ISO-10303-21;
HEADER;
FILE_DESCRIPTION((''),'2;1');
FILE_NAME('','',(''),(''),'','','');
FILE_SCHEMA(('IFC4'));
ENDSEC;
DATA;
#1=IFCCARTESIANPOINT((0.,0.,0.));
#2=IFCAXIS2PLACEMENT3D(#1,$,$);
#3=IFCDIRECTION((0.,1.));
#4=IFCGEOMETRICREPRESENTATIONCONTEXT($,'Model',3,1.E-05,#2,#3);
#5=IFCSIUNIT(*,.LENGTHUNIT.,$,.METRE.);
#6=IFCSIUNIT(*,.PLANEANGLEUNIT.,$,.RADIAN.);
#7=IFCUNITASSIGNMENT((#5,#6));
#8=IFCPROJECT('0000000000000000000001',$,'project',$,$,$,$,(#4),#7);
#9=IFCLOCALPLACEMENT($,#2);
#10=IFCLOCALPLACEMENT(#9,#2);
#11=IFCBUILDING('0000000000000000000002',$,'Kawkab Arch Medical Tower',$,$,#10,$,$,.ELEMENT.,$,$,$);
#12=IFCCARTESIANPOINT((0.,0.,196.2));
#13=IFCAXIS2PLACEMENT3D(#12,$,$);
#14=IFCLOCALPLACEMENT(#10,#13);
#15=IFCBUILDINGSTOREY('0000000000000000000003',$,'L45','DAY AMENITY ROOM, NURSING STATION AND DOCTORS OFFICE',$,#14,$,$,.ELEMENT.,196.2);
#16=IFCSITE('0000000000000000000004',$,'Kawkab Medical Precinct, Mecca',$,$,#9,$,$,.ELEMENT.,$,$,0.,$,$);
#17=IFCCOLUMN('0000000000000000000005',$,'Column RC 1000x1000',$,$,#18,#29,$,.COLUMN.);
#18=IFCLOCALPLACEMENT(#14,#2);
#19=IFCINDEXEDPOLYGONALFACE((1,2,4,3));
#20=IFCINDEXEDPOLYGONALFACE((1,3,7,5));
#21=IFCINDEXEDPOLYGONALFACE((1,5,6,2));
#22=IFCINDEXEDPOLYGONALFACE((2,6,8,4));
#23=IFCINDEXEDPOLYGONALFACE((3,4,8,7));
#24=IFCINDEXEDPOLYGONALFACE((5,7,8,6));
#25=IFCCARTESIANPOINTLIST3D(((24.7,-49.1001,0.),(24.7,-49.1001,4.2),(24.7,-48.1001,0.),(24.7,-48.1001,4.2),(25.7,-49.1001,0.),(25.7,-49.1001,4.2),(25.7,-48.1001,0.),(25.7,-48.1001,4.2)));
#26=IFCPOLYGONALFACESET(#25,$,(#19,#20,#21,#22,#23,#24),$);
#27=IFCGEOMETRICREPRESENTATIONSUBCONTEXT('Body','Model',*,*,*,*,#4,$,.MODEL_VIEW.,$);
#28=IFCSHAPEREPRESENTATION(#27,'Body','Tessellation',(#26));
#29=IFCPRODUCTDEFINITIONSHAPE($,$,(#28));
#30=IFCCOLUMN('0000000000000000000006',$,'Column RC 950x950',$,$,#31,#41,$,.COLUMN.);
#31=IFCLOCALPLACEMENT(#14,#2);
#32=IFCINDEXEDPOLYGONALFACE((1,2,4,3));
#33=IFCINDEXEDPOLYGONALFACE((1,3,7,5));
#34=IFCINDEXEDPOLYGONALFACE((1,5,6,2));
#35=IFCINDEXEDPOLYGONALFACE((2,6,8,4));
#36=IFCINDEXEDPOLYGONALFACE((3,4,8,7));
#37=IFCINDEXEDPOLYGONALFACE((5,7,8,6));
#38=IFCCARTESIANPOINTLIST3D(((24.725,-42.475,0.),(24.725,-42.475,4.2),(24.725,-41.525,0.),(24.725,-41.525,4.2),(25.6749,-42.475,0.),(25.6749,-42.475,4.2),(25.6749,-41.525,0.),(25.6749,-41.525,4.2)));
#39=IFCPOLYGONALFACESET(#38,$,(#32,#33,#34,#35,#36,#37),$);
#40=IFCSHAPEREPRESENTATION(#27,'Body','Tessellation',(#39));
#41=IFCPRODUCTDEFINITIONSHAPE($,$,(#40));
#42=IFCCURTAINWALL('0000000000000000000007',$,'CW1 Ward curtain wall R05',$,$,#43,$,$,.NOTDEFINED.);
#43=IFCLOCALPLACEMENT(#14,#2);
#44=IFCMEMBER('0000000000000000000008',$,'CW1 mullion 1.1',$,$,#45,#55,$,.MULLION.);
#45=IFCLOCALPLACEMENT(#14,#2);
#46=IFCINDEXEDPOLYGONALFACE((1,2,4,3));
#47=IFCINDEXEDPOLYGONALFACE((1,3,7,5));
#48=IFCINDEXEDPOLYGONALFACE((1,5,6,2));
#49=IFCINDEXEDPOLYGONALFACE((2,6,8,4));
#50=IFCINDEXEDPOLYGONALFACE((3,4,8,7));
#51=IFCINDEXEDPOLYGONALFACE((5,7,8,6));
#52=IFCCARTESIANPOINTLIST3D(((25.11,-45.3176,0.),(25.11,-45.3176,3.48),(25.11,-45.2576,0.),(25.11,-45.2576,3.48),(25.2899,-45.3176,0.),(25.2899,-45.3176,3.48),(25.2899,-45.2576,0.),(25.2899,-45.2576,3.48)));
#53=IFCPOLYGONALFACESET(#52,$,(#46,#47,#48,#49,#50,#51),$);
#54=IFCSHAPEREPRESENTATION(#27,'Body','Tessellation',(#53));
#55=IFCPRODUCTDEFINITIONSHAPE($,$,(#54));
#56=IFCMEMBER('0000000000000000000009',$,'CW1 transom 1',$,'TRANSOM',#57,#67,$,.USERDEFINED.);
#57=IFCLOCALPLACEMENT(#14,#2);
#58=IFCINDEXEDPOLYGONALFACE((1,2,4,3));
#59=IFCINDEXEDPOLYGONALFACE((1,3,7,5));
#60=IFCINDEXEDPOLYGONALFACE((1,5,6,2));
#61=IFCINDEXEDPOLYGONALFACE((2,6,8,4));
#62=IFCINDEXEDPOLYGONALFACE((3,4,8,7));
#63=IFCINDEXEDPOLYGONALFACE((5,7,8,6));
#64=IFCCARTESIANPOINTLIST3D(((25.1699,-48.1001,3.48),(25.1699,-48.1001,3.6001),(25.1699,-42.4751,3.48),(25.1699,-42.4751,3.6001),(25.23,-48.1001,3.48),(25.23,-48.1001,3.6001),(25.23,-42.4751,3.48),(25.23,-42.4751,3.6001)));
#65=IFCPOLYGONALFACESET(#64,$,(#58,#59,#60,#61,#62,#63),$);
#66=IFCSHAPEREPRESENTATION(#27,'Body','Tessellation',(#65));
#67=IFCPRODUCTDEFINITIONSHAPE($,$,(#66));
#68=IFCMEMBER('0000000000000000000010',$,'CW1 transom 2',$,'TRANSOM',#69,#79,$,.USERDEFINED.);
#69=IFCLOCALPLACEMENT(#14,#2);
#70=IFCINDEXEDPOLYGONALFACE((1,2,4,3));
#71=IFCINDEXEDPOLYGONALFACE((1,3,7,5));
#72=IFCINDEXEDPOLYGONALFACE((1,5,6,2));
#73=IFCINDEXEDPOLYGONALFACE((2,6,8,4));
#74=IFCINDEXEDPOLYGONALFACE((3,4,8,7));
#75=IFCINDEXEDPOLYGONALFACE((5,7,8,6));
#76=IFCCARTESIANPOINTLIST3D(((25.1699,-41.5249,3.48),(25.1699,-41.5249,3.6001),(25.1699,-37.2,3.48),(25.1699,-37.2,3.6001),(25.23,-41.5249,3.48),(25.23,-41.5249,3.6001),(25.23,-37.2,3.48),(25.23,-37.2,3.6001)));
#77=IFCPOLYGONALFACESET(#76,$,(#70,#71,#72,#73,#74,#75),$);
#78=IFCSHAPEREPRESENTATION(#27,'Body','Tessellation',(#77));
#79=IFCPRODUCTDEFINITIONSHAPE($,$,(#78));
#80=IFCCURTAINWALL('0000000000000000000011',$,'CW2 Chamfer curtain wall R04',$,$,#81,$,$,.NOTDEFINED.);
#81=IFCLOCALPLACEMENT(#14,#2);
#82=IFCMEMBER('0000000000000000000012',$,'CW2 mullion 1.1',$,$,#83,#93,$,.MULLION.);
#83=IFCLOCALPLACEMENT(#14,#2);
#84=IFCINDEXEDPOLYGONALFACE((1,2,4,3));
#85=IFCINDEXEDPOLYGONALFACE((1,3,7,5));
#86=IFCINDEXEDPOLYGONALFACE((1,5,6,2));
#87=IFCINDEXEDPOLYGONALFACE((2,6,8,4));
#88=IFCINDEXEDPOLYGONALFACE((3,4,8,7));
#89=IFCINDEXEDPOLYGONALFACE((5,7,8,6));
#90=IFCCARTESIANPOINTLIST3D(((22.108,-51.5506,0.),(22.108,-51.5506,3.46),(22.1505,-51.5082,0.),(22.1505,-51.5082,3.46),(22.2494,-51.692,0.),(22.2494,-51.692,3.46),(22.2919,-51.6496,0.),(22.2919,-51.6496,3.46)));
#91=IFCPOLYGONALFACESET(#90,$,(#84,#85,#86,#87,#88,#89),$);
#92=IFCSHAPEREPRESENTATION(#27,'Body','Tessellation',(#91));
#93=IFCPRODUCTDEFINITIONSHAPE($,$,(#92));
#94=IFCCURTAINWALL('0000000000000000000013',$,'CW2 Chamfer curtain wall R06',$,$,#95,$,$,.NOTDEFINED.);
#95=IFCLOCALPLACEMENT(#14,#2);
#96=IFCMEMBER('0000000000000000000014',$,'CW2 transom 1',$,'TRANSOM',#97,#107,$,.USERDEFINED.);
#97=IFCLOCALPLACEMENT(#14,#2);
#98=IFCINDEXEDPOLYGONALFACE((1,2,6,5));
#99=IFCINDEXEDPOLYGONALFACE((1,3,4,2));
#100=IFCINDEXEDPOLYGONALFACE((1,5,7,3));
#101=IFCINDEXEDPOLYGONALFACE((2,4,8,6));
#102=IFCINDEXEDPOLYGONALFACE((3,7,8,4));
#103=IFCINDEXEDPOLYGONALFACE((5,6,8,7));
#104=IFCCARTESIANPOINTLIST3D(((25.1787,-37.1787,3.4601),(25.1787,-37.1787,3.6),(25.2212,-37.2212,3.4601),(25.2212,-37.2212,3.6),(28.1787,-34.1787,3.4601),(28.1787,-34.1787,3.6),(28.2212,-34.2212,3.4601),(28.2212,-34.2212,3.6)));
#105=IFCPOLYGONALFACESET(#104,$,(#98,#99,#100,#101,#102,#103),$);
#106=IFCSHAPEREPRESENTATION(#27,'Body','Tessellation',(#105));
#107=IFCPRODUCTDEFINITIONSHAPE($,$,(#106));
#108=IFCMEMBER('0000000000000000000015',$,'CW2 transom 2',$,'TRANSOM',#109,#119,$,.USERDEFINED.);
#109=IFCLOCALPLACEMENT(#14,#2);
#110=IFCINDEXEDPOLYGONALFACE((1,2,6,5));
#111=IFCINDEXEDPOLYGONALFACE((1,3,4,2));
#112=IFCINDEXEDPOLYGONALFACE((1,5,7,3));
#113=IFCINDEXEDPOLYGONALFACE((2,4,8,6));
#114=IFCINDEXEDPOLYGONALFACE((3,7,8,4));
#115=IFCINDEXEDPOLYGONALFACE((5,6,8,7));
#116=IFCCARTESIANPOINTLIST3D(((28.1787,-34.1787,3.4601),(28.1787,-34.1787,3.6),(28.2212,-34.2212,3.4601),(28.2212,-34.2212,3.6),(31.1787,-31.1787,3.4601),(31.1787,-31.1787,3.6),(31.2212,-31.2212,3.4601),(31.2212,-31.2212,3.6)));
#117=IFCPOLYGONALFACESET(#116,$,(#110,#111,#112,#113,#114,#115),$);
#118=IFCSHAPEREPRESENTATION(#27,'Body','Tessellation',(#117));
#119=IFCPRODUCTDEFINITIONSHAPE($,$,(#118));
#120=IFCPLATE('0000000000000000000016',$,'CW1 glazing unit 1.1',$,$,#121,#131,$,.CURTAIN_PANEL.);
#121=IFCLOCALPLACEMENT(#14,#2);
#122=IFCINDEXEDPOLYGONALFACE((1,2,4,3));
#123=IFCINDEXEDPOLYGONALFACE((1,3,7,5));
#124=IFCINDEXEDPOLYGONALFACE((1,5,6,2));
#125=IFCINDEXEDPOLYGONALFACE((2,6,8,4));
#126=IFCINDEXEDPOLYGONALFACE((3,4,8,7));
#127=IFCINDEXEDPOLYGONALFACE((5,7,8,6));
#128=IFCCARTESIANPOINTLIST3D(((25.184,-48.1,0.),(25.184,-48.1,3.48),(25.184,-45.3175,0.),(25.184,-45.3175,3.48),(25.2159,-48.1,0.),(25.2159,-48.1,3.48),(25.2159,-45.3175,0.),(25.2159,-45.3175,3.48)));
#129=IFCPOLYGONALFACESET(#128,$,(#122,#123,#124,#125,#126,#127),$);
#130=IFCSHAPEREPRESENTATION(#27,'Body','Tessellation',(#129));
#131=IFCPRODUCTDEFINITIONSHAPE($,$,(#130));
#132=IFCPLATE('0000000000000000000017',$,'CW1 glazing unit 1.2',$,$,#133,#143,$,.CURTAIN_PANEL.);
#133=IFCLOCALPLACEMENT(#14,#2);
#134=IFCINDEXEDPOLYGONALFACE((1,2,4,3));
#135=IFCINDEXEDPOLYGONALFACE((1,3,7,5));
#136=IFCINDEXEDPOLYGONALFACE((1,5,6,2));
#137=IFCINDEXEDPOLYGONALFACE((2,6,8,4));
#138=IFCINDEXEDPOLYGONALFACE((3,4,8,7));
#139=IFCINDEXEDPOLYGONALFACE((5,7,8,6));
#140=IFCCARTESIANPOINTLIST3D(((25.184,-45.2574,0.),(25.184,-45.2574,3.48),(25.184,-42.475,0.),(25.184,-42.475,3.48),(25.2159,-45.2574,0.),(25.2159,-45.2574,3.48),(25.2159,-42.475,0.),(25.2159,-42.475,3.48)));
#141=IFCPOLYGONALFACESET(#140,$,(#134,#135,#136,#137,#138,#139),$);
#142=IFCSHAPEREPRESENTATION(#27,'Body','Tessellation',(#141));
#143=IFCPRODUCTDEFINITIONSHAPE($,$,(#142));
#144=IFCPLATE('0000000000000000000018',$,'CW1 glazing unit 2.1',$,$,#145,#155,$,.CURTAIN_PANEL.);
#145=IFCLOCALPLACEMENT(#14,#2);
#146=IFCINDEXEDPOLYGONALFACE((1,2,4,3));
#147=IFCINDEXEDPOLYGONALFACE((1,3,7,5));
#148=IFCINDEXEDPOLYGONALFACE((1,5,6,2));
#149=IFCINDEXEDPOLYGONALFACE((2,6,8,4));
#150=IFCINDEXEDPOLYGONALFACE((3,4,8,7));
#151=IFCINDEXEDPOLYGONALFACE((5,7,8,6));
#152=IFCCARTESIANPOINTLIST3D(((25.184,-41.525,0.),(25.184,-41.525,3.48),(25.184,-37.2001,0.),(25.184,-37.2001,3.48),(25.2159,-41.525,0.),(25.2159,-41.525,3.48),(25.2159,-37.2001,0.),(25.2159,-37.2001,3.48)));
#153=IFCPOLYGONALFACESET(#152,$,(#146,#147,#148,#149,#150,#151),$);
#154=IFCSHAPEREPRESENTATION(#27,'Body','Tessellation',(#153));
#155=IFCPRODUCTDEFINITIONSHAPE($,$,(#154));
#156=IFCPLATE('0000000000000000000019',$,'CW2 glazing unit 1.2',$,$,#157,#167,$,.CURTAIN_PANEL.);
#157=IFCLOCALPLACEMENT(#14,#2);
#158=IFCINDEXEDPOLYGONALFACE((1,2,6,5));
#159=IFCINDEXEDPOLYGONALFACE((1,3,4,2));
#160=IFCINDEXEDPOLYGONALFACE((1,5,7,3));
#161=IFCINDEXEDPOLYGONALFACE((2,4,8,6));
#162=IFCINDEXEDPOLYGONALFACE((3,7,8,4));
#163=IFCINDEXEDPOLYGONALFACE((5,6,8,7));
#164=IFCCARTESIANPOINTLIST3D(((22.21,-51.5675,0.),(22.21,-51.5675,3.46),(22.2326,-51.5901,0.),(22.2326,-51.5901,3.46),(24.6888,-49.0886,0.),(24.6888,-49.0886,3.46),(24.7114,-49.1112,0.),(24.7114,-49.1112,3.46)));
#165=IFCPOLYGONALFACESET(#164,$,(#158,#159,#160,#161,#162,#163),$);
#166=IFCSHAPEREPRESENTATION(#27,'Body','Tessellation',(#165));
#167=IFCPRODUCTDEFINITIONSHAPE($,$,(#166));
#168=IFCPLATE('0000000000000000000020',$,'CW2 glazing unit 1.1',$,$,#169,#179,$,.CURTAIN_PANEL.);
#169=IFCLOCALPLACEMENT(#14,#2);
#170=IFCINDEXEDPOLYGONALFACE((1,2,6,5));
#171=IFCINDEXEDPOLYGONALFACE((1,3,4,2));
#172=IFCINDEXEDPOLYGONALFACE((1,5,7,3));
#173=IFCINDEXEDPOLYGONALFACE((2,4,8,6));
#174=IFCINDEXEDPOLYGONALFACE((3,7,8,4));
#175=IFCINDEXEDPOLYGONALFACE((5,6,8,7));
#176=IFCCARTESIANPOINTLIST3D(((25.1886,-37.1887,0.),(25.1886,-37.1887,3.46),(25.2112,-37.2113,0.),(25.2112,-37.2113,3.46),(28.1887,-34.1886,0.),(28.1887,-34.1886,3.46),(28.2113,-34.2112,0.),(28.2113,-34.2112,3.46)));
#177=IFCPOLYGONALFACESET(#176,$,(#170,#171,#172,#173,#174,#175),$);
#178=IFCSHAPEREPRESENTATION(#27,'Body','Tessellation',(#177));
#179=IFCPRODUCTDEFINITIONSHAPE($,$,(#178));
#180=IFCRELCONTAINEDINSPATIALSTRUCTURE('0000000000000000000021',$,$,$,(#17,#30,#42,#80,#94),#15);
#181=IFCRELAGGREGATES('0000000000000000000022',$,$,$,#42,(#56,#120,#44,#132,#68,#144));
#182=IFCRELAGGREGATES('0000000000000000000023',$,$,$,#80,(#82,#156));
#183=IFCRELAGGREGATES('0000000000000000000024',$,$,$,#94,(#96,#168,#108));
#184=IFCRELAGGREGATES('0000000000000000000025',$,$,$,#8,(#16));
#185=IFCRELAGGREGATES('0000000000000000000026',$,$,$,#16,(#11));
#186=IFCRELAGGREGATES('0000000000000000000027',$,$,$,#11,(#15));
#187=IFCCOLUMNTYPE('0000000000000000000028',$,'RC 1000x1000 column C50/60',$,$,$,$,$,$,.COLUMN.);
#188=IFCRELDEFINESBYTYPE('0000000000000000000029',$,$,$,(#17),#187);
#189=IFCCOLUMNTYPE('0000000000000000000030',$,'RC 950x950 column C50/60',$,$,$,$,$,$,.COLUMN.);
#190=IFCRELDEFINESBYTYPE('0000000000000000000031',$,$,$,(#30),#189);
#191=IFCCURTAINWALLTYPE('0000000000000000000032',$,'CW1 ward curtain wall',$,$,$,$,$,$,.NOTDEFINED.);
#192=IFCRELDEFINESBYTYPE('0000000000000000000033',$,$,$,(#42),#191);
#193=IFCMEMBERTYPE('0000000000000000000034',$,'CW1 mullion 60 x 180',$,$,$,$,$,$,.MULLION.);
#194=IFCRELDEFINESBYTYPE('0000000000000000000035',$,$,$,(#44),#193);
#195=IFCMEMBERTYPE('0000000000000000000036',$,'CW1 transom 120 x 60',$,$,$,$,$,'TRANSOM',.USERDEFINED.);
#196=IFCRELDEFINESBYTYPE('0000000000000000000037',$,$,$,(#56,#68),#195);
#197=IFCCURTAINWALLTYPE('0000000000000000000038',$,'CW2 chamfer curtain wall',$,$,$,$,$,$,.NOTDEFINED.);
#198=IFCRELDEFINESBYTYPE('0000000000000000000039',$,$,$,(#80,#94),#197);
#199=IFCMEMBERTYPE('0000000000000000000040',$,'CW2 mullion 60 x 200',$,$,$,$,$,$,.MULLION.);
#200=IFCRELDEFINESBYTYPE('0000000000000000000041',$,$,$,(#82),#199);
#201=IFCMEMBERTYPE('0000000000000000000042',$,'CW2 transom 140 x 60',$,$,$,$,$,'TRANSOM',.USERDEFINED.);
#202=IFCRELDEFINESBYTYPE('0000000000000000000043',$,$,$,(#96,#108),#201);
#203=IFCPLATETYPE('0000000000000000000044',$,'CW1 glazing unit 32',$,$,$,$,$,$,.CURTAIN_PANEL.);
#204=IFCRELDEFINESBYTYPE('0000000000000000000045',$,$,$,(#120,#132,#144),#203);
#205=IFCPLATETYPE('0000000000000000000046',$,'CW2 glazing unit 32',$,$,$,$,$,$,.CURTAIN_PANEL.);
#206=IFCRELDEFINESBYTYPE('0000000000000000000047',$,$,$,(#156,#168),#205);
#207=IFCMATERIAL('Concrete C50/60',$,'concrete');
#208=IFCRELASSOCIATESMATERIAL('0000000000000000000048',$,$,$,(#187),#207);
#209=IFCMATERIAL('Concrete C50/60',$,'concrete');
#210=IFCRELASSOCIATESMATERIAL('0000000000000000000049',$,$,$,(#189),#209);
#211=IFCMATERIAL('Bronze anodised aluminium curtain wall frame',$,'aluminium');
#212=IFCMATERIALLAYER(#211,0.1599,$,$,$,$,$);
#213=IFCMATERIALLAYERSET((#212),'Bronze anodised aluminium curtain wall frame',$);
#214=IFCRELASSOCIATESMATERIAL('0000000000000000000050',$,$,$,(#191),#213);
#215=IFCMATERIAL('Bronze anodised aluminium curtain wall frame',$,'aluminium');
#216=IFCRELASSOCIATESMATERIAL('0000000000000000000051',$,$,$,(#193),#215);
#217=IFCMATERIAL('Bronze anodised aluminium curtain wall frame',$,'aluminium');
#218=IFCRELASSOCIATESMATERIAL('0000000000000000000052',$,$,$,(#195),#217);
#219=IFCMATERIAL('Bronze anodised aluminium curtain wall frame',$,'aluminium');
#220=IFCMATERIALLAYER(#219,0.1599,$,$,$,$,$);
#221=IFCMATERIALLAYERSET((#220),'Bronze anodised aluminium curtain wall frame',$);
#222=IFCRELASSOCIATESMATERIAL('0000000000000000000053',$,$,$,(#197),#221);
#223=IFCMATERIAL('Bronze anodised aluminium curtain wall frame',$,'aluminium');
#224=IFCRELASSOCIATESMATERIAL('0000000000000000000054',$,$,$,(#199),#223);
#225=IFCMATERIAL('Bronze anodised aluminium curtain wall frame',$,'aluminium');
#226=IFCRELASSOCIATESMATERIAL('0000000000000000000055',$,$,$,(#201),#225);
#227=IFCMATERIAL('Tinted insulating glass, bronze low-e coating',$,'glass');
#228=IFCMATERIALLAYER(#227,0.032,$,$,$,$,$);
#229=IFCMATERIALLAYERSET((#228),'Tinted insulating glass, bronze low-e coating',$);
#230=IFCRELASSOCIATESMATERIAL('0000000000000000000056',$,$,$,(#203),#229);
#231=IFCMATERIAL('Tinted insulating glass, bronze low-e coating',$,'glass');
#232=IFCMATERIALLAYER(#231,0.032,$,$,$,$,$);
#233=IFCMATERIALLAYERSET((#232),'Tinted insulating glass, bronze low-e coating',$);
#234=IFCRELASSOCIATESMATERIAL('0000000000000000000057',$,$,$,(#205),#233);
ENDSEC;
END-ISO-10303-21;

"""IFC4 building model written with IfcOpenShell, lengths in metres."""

from ifc_helpers import new_model, si_unit, direction, frame, origin, origin_2d, place, context, subcontext, project, spatial, rectangle, extrude, material, layer, layer_set, material_profile, profile_set, type_object, element, aggregate, save


model = new_model("IFC4")

# Units and contexts
model_context = context("Model", 3, precision=1e-05, world=origin(), true_north=direction((0.0, 1.0)))
body_context = subcontext(model_context, "Body", "Model", "MODEL_VIEW")
ifc_project = project(units=[si_unit("LENGTHUNIT", "METRE"), si_unit("PLANEANGLEUNIT", "RADIAN")], contexts=[model_context])

# Site, building, storey
site_placement = place(None, origin())
site = spatial("IfcSite", under=ifc_project, at=site_placement, Name="Kawkab Medical Precinct, Mecca", CompositionType="ELEMENT", RefElevation=0.0)
building_placement = place(site_placement, origin())
building = spatial("IfcBuilding", under=site, at=building_placement, Name="Kawkab Arch Medical Tower", CompositionType="ELEMENT")
storey_placement = place(building_placement, frame((0.0, 0.0, 196.2)))
storey = spatial("IfcBuildingStorey", under=building, at=storey_placement, Name="L45", Description="DAY AMENITY ROOM, NURSING STATION AND DOCTORS OFFICE", CompositionType="ELEMENT", Elevation=196.2)

# Columns
ifc_material_1 = material(Name="Concrete C50/60", Category="concrete")
ifc_material_profile_1 = material_profile(ifc_material_1, rectangle(XDim=1.0, YDim=1.0, at=origin_2d()), Name="RC 1000x1000")
ifc_profile_set_1 = profile_set([ifc_material_profile_1], Name="Concrete C50/60")
column_type_1 = type_object("IfcColumnType", Name="RC 1000x1000 column C50/60", PredefinedType="COLUMN", material=ifc_profile_set_1)
column_1_placement = place(storey_placement, frame((25.2, -48.6001, 0.0), z_axis=(0.0, 0.0, 1.0), x_axis=(1.0, 0.0, 0.0)))
element("IfcColumn", 1, at=column_1_placement, inside=storey, type_object=column_type_1, Name="Column RC 1000x1000", PredefinedType="COLUMN", context=body_context, shape_type="SweptSolid", body=[
    extrude(rectangle(XDim=1.0, YDim=1.0, at=origin_2d()), origin(), (0.0, 0.0, 1.0), 4.2),
])
ifc_material_2 = material(Name="Concrete C50/60", Category="concrete")
ifc_material_profile_2 = material_profile(ifc_material_2, rectangle(XDim=0.95, YDim=0.95, at=origin_2d()), Name="RC 950x950")
ifc_profile_set_2 = profile_set([ifc_material_profile_2], Name="Concrete C50/60")
column_type_2 = type_object("IfcColumnType", Name="RC 950x950 column C50/60", PredefinedType="COLUMN", material=ifc_profile_set_2)
column_2_placement = place(storey_placement, frame((25.2, -42.0, 0.0), z_axis=(0.0, 0.0, 1.0), x_axis=(1.0, 0.0, 0.0)))
element("IfcColumn", 2, at=column_2_placement, inside=storey, type_object=column_type_2, Name="Column RC 950x950", PredefinedType="COLUMN", context=body_context, shape_type="SweptSolid", body=[
    extrude(rectangle(XDim=0.95, YDim=0.95, at=origin_2d()), origin(), (0.0, 0.0, 1.0), 4.2),
])

# Curtain wall, members
ifc_material_3 = material(Name="Bronze anodised aluminium curtain wall frame", Category="aluminium")
ifc_layer_1 = layer(ifc_material_3, 0.1599)
ifc_layer_set_1 = layer_set([ifc_layer_1], Name="Bronze anodised aluminium curtain wall frame")
curtain_wall_type_1 = type_object("IfcCurtainWallType", Name="CW1 ward curtain wall", PredefinedType="NOTDEFINED", material=ifc_layer_set_1)
placement = place(storey_placement, origin())
curtain_wall_1 = element("IfcCurtainWall", 3, at=placement, inside=storey, type_object=curtain_wall_type_1, Name="CW1 Ward curtain wall R05", PredefinedType="NOTDEFINED")
ifc_material_4 = material(Name="Bronze anodised aluminium curtain wall frame", Category="aluminium")
ifc_material_profile_3 = material_profile(ifc_material_4, rectangle(XDim=0.1799, YDim=0.0601, at=origin_2d()), Name="AL 60x180")
ifc_profile_set_3 = profile_set([ifc_material_profile_3], Name="Bronze anodised aluminium curtain wall frame")
member_type_1 = type_object("IfcMemberType", Name="CW1 mullion 60 x 180", PredefinedType="MULLION", material=ifc_profile_set_3)
member_1_placement = place(storey_placement, frame((25.2, -45.2876, 0.0), z_axis=(0.0, 0.0, 1.0), x_axis=(-1.0, 0.0, 0.0)))
member_1 = element("IfcMember", 4, at=member_1_placement, type_object=member_type_1, Name="CW1 mullion 1.1", PredefinedType="MULLION", context=body_context, shape_type="SweptSolid", body=[
    extrude(rectangle(XDim=0.1799, YDim=0.0601, at=origin_2d()), origin(), (0.0, 0.0, 1.0), 3.48),
])
ifc_material_5 = material(Name="Bronze anodised aluminium curtain wall frame", Category="aluminium")
ifc_material_profile_4 = material_profile(ifc_material_5, rectangle(XDim=0.0601, YDim=0.1201, at=origin_2d()), Name="AL 60x120")
ifc_profile_set_4 = profile_set([ifc_material_profile_4], Name="Bronze anodised aluminium curtain wall frame")
member_type_2 = type_object("IfcMemberType", Name="CW1 transom 120 x 60", ElementType="TRANSOM", PredefinedType="USERDEFINED", material=ifc_profile_set_4)
member_2_placement = place(storey_placement, frame((25.2, -48.1001, 3.54), z_axis=(0.0, 1.0, 0.0), x_axis=(-1.0, 0.0, 0.0)))
member_2 = element("IfcMember", 5, at=member_2_placement, type_object=member_type_2, Name="CW1 transom 1", ObjectType="TRANSOM", PredefinedType="USERDEFINED", context=body_context, shape_type="SweptSolid", body=[
    extrude(rectangle(XDim=0.0601, YDim=0.1201, at=origin_2d()), origin(), (0.0, 0.0, 1.0), 5.625),
])
member_3_placement = place(storey_placement, frame((25.2, -41.5249, 3.54), z_axis=(0.0, 1.0, 0.0), x_axis=(-1.0, 0.0, 0.0)))
member_3 = element("IfcMember", 6, at=member_3_placement, type_object=member_type_2, Name="CW1 transom 2", ObjectType="TRANSOM", PredefinedType="USERDEFINED", context=body_context, shape_type="SweptSolid", body=[
    extrude(rectangle(XDim=0.0601, YDim=0.1201, at=origin_2d()), origin(), (0.0, 0.0, 1.0), 4.325),
])

# Curtain wall, member
ifc_material_6 = material(Name="Bronze anodised aluminium curtain wall frame", Category="aluminium")
ifc_layer_2 = layer(ifc_material_6, 0.1599)
ifc_layer_set_2 = layer_set([ifc_layer_2], Name="Bronze anodised aluminium curtain wall frame")
curtain_wall_type_2 = type_object("IfcCurtainWallType", Name="CW2 chamfer curtain wall", PredefinedType="NOTDEFINED", material=ifc_layer_set_2)
curtain_wall_2 = element("IfcCurtainWall", 7, at=placement, inside=storey, type_object=curtain_wall_type_2, Name="CW2 Chamfer curtain wall R04", PredefinedType="NOTDEFINED")
ifc_material_7 = material(Name="Bronze anodised aluminium curtain wall frame", Category="aluminium")
ifc_material_profile_5 = material_profile(ifc_material_7, rectangle(XDim=0.2, YDim=0.0601, at=origin_2d()), Name="AL 60x200")
ifc_profile_set_5 = profile_set([ifc_material_profile_5], Name="Bronze anodised aluminium curtain wall frame")
member_type_3 = type_object("IfcMemberType", Name="CW2 mullion 60 x 200", PredefinedType="MULLION", material=ifc_profile_set_5)
member_4_placement = place(storey_placement, frame((22.2, -51.6001, 0.0), z_axis=(0.0, 0.0, 1.0), x_axis=(-0.707107, 0.707107, 0.0)))
member_4 = element("IfcMember", 8, at=member_4_placement, type_object=member_type_3, Name="CW2 mullion 1.1", PredefinedType="MULLION", context=body_context, shape_type="SweptSolid", body=[
    extrude(rectangle(XDim=0.2, YDim=0.0601, at=origin_2d()), origin(), (0.0, 0.0, 1.0), 3.46),
])

# Curtain wall, members
curtain_wall_3 = element("IfcCurtainWall", 9, at=placement, inside=storey, type_object=curtain_wall_type_2, Name="CW2 Chamfer curtain wall R06", PredefinedType="NOTDEFINED")
ifc_material_8 = material(Name="Bronze anodised aluminium curtain wall frame", Category="aluminium")
ifc_material_profile_6 = material_profile(ifc_material_8, rectangle(XDim=0.0601, YDim=0.1399, at=origin_2d()), Name="AL 60x140")
ifc_profile_set_6 = profile_set([ifc_material_profile_6], Name="Bronze anodised aluminium curtain wall frame")
member_type_4 = type_object("IfcMemberType", Name="CW2 transom 140 x 60", ElementType="TRANSOM", PredefinedType="USERDEFINED", material=ifc_profile_set_6)
member_5_placement = place(storey_placement, frame((25.2, -37.2, 3.53), z_axis=(0.707107, 0.707107, 0.0), x_axis=(-0.707107, 0.707107, 0.0)))
member_5 = element("IfcMember", 10, at=member_5_placement, type_object=member_type_4, Name="CW2 transom 1", ObjectType="TRANSOM", PredefinedType="USERDEFINED", context=body_context, shape_type="SweptSolid", body=[
    extrude(rectangle(XDim=0.0601, YDim=0.1399, at=origin_2d()), origin(), (0.0, 0.0, 1.0), 4.2427),
])
member_6_placement = place(storey_placement, frame((28.2, -34.2, 3.53), z_axis=(0.707107, 0.707107, 0.0), x_axis=(-0.707107, 0.707107, 0.0)))
member_6 = element("IfcMember", 11, at=member_6_placement, type_object=member_type_4, Name="CW2 transom 2", ObjectType="TRANSOM", PredefinedType="USERDEFINED", context=body_context, shape_type="SweptSolid", body=[
    extrude(rectangle(XDim=0.0601, YDim=0.1399, at=origin_2d()), origin(), (0.0, 0.0, 1.0), 4.2427),
])

# Plates
ifc_material_9 = material(Name="Tinted insulating glass, bronze low-e coating", Category="glass")
ifc_layer_3 = layer(ifc_material_9, 0.032)
ifc_layer_set_3 = layer_set([ifc_layer_3], Name="Tinted insulating glass, bronze low-e coating")
plate_type_1 = type_object("IfcPlateType", Name="CW1 glazing unit 32", PredefinedType="CURTAIN_PANEL", material=ifc_layer_set_3)
plate_1_placement = place(storey_placement, frame((25.2, -46.7087, 0.0), z_axis=(0.0, 0.0, 1.0), x_axis=(0.0, 1.0, 0.0)))
plate_1 = element("IfcPlate", 12, at=plate_1_placement, type_object=plate_type_1, Name="CW1 glazing unit 1.1", PredefinedType="CURTAIN_PANEL", context=body_context, shape_type="SweptSolid", body=[
    extrude(rectangle(XDim=2.7825, YDim=0.032, at=origin_2d()), origin(), (0.0, 0.0, 1.0), 3.48),
])
plate_2_placement = place(storey_placement, frame((25.2, -43.8662, 0.0), z_axis=(0.0, 0.0, 1.0), x_axis=(0.0, 1.0, 0.0)))
plate_2 = element("IfcPlate", 13, at=plate_2_placement, type_object=plate_type_1, Name="CW1 glazing unit 1.2", PredefinedType="CURTAIN_PANEL", context=body_context, shape_type="SweptSolid", body=[
    extrude(rectangle(XDim=2.7825, YDim=0.032, at=origin_2d()), origin(), (0.0, 0.0, 1.0), 3.48),
])
plate_3_placement = place(storey_placement, frame((25.2, -39.3625, 0.0), z_axis=(0.0, 0.0, 1.0), x_axis=(0.0, 1.0, 0.0)))
plate_3 = element("IfcPlate", 14, at=plate_3_placement, type_object=plate_type_1, Name="CW1 glazing unit 2.1", PredefinedType="CURTAIN_PANEL", context=body_context, shape_type="SweptSolid", body=[
    extrude(rectangle(XDim=4.325, YDim=0.032, at=origin_2d()), origin(), (0.0, 0.0, 1.0), 3.48),
])
aggregate(curtain_wall_1, [member_2, plate_1, member_1, plate_2, member_3, plate_3])
ifc_material_10 = material(Name="Tinted insulating glass, bronze low-e coating", Category="glass")
ifc_layer_4 = layer(ifc_material_10, 0.032)
ifc_layer_set_4 = layer_set([ifc_layer_4], Name="Tinted insulating glass, bronze low-e coating")
plate_type_2 = type_object("IfcPlateType", Name="CW2 glazing unit 32", PredefinedType="CURTAIN_PANEL", material=ifc_layer_set_4)
plate_4_placement = place(storey_placement, frame((23.4607, -50.3394, 0.0), z_axis=(0.0, 0.0, 1.0), x_axis=(0.707107, 0.707107, 0.0)))
plate_4 = element("IfcPlate", 15, at=plate_4_placement, type_object=plate_type_2, Name="CW2 glazing unit 1.2", PredefinedType="CURTAIN_PANEL", context=body_context, shape_type="SweptSolid", body=[
    extrude(rectangle(XDim=3.5056, YDim=0.032, at=origin_2d()), origin(), (0.0, 0.0, 1.0), 3.46),
])
aggregate(curtain_wall_2, [member_4, plate_4])
plate_5_placement = place(storey_placement, frame((26.7, -35.7, 0.0), z_axis=(0.0, 0.0, 1.0), x_axis=(0.707107, 0.707107, 0.0)))
plate_5 = element("IfcPlate", 16, at=plate_5_placement, type_object=plate_type_2, Name="CW2 glazing unit 1.1", PredefinedType="CURTAIN_PANEL", context=body_context, shape_type="SweptSolid", body=[
    extrude(rectangle(XDim=4.2427, YDim=0.032, at=origin_2d()), origin(), (0.0, 0.0, 1.0), 3.46),
])
aggregate(curtain_wall_3, [member_5, plate_5, member_6])

save(model, "model.ifc")
